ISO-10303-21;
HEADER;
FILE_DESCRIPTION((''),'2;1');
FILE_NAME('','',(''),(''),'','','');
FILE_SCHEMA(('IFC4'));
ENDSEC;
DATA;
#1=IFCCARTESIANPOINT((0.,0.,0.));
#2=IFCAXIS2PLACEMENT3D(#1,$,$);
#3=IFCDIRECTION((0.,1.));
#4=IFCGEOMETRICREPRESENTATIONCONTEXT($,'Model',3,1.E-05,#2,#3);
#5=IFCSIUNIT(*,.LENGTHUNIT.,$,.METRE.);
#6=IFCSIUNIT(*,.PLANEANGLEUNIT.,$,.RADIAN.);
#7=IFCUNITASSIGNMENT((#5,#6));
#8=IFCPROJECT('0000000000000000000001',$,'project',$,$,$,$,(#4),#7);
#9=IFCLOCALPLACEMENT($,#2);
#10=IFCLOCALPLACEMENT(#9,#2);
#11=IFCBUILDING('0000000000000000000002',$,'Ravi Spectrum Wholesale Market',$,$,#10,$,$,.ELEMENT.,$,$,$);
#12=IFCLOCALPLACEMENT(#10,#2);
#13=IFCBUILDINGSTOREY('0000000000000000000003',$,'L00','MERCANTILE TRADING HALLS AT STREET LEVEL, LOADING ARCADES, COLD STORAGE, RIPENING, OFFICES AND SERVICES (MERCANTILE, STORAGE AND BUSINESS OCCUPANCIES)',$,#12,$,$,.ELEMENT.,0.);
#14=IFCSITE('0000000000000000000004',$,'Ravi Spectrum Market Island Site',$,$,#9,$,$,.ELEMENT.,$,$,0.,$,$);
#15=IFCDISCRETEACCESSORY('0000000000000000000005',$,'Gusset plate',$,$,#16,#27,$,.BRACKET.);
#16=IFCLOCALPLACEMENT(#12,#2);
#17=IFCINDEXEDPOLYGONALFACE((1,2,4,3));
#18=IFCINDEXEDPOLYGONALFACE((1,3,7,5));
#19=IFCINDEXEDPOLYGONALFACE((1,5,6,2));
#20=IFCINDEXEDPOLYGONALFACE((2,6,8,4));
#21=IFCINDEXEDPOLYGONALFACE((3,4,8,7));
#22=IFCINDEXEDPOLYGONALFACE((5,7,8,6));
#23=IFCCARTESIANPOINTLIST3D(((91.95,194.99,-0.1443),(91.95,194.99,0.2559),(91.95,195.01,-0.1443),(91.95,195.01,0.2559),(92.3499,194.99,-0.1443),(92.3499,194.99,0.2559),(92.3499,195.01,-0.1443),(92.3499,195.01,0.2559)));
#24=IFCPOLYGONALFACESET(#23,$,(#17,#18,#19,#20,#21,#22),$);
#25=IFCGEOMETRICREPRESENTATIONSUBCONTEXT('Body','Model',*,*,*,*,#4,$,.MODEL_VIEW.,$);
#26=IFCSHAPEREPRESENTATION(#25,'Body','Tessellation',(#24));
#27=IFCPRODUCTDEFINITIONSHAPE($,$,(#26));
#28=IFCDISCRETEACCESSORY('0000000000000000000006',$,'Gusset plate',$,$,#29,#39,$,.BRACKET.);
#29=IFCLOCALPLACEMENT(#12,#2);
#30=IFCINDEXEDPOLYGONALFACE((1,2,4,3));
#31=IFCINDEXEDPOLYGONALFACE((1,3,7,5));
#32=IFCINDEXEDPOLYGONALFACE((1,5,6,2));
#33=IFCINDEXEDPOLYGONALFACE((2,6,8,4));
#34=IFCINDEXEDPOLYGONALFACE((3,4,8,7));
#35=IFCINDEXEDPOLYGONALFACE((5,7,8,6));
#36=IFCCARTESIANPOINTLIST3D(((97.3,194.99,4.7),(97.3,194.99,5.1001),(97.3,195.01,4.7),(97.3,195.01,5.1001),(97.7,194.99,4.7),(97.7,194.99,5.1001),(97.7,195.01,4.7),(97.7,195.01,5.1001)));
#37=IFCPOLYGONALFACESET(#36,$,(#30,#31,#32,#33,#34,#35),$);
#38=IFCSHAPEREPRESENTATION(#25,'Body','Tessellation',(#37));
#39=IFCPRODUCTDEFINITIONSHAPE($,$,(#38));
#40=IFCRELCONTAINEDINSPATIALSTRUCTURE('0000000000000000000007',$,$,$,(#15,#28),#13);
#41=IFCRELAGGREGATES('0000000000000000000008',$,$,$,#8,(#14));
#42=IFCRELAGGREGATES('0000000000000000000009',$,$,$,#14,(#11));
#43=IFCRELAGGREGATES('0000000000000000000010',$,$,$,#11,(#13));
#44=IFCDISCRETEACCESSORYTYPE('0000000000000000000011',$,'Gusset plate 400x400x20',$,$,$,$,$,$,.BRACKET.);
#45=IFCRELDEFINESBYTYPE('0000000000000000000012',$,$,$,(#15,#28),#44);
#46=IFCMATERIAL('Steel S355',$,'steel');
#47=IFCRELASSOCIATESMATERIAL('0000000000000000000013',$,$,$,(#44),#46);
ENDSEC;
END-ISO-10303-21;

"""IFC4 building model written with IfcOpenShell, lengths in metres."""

from ifc_helpers import new_model, si_unit, direction, frame, origin, origin_2d, place, context, subcontext, project, spatial, rectangle, extrude, material, material_profile, profile_set, type_object, element, save


model = new_model("IFC4")

# Units and contexts
model_context = context("Model", 3, precision=1e-05, world=origin(), true_north=direction((0.0, 1.0)))
body_context = subcontext(model_context, "Body", "Model", "MODEL_VIEW")
ifc_project = project(units=[si_unit("LENGTHUNIT", "METRE"), si_unit("PLANEANGLEUNIT", "RADIAN")], contexts=[model_context])

# Site, building, storey
site_placement = place(None, origin())
site = spatial("IfcSite", under=ifc_project, at=site_placement, Name="Ravi Spectrum Market Island Site", CompositionType="ELEMENT", RefElevation=0.0)
building_placement = place(site_placement, origin())
building = spatial("IfcBuilding", under=site, at=building_placement, Name="Ravi Spectrum Wholesale Market", CompositionType="ELEMENT")
storey_placement = place(building_placement, origin())
storey = spatial("IfcBuildingStorey", under=building, at=storey_placement, Name="L00", Description="MERCANTILE TRADING HALLS AT STREET LEVEL, LOADING ARCADES, COLD STORAGE, RIPENING, OFFICES AND SERVICES (MERCANTILE, STORAGE AND BUSINESS OCCUPANCIES)", CompositionType="ELEMENT", Elevation=0.0)

# Discrete accessories
ifc_material_1 = material(Name="Steel S355", Category="steel")
ifc_material_profile_1 = material_profile(ifc_material_1, rectangle(XDim=0.3999, YDim=0.02, at=origin_2d()))
ifc_profile_set_1 = profile_set([ifc_material_profile_1], Name="Steel S355")
discrete_accessory_type = type_object("IfcDiscreteAccessoryType", Name="Gusset plate 400x400x20", PredefinedType="BRACKET", material=ifc_profile_set_1)
for number, where, z_axis, x_axis, name in (
    (1, (92.1499, 195.0, -0.1443), (0.0, 0.0, 1.0), (1.0, 0.0, 0.0), "Gusset plate"),
    (2, (97.5, 195.0, 4.7), (0.0, 0.0, 1.0), (1.0, 0.0, 0.0), "Gusset plate"),
):
    element("IfcDiscreteAccessory", number, at=place(storey_placement, frame(where, z_axis=z_axis, x_axis=x_axis)), inside=storey, type_object=discrete_accessory_type, Name=name, PredefinedType="BRACKET", context=body_context, shape_type="SweptSolid", body=[
        extrude(rectangle(XDim=0.3999, YDim=0.02, at=origin_2d()), origin(), (0.0, 0.0, 1.0), 0.4001),
    ])

save(model, "model.ifc")
